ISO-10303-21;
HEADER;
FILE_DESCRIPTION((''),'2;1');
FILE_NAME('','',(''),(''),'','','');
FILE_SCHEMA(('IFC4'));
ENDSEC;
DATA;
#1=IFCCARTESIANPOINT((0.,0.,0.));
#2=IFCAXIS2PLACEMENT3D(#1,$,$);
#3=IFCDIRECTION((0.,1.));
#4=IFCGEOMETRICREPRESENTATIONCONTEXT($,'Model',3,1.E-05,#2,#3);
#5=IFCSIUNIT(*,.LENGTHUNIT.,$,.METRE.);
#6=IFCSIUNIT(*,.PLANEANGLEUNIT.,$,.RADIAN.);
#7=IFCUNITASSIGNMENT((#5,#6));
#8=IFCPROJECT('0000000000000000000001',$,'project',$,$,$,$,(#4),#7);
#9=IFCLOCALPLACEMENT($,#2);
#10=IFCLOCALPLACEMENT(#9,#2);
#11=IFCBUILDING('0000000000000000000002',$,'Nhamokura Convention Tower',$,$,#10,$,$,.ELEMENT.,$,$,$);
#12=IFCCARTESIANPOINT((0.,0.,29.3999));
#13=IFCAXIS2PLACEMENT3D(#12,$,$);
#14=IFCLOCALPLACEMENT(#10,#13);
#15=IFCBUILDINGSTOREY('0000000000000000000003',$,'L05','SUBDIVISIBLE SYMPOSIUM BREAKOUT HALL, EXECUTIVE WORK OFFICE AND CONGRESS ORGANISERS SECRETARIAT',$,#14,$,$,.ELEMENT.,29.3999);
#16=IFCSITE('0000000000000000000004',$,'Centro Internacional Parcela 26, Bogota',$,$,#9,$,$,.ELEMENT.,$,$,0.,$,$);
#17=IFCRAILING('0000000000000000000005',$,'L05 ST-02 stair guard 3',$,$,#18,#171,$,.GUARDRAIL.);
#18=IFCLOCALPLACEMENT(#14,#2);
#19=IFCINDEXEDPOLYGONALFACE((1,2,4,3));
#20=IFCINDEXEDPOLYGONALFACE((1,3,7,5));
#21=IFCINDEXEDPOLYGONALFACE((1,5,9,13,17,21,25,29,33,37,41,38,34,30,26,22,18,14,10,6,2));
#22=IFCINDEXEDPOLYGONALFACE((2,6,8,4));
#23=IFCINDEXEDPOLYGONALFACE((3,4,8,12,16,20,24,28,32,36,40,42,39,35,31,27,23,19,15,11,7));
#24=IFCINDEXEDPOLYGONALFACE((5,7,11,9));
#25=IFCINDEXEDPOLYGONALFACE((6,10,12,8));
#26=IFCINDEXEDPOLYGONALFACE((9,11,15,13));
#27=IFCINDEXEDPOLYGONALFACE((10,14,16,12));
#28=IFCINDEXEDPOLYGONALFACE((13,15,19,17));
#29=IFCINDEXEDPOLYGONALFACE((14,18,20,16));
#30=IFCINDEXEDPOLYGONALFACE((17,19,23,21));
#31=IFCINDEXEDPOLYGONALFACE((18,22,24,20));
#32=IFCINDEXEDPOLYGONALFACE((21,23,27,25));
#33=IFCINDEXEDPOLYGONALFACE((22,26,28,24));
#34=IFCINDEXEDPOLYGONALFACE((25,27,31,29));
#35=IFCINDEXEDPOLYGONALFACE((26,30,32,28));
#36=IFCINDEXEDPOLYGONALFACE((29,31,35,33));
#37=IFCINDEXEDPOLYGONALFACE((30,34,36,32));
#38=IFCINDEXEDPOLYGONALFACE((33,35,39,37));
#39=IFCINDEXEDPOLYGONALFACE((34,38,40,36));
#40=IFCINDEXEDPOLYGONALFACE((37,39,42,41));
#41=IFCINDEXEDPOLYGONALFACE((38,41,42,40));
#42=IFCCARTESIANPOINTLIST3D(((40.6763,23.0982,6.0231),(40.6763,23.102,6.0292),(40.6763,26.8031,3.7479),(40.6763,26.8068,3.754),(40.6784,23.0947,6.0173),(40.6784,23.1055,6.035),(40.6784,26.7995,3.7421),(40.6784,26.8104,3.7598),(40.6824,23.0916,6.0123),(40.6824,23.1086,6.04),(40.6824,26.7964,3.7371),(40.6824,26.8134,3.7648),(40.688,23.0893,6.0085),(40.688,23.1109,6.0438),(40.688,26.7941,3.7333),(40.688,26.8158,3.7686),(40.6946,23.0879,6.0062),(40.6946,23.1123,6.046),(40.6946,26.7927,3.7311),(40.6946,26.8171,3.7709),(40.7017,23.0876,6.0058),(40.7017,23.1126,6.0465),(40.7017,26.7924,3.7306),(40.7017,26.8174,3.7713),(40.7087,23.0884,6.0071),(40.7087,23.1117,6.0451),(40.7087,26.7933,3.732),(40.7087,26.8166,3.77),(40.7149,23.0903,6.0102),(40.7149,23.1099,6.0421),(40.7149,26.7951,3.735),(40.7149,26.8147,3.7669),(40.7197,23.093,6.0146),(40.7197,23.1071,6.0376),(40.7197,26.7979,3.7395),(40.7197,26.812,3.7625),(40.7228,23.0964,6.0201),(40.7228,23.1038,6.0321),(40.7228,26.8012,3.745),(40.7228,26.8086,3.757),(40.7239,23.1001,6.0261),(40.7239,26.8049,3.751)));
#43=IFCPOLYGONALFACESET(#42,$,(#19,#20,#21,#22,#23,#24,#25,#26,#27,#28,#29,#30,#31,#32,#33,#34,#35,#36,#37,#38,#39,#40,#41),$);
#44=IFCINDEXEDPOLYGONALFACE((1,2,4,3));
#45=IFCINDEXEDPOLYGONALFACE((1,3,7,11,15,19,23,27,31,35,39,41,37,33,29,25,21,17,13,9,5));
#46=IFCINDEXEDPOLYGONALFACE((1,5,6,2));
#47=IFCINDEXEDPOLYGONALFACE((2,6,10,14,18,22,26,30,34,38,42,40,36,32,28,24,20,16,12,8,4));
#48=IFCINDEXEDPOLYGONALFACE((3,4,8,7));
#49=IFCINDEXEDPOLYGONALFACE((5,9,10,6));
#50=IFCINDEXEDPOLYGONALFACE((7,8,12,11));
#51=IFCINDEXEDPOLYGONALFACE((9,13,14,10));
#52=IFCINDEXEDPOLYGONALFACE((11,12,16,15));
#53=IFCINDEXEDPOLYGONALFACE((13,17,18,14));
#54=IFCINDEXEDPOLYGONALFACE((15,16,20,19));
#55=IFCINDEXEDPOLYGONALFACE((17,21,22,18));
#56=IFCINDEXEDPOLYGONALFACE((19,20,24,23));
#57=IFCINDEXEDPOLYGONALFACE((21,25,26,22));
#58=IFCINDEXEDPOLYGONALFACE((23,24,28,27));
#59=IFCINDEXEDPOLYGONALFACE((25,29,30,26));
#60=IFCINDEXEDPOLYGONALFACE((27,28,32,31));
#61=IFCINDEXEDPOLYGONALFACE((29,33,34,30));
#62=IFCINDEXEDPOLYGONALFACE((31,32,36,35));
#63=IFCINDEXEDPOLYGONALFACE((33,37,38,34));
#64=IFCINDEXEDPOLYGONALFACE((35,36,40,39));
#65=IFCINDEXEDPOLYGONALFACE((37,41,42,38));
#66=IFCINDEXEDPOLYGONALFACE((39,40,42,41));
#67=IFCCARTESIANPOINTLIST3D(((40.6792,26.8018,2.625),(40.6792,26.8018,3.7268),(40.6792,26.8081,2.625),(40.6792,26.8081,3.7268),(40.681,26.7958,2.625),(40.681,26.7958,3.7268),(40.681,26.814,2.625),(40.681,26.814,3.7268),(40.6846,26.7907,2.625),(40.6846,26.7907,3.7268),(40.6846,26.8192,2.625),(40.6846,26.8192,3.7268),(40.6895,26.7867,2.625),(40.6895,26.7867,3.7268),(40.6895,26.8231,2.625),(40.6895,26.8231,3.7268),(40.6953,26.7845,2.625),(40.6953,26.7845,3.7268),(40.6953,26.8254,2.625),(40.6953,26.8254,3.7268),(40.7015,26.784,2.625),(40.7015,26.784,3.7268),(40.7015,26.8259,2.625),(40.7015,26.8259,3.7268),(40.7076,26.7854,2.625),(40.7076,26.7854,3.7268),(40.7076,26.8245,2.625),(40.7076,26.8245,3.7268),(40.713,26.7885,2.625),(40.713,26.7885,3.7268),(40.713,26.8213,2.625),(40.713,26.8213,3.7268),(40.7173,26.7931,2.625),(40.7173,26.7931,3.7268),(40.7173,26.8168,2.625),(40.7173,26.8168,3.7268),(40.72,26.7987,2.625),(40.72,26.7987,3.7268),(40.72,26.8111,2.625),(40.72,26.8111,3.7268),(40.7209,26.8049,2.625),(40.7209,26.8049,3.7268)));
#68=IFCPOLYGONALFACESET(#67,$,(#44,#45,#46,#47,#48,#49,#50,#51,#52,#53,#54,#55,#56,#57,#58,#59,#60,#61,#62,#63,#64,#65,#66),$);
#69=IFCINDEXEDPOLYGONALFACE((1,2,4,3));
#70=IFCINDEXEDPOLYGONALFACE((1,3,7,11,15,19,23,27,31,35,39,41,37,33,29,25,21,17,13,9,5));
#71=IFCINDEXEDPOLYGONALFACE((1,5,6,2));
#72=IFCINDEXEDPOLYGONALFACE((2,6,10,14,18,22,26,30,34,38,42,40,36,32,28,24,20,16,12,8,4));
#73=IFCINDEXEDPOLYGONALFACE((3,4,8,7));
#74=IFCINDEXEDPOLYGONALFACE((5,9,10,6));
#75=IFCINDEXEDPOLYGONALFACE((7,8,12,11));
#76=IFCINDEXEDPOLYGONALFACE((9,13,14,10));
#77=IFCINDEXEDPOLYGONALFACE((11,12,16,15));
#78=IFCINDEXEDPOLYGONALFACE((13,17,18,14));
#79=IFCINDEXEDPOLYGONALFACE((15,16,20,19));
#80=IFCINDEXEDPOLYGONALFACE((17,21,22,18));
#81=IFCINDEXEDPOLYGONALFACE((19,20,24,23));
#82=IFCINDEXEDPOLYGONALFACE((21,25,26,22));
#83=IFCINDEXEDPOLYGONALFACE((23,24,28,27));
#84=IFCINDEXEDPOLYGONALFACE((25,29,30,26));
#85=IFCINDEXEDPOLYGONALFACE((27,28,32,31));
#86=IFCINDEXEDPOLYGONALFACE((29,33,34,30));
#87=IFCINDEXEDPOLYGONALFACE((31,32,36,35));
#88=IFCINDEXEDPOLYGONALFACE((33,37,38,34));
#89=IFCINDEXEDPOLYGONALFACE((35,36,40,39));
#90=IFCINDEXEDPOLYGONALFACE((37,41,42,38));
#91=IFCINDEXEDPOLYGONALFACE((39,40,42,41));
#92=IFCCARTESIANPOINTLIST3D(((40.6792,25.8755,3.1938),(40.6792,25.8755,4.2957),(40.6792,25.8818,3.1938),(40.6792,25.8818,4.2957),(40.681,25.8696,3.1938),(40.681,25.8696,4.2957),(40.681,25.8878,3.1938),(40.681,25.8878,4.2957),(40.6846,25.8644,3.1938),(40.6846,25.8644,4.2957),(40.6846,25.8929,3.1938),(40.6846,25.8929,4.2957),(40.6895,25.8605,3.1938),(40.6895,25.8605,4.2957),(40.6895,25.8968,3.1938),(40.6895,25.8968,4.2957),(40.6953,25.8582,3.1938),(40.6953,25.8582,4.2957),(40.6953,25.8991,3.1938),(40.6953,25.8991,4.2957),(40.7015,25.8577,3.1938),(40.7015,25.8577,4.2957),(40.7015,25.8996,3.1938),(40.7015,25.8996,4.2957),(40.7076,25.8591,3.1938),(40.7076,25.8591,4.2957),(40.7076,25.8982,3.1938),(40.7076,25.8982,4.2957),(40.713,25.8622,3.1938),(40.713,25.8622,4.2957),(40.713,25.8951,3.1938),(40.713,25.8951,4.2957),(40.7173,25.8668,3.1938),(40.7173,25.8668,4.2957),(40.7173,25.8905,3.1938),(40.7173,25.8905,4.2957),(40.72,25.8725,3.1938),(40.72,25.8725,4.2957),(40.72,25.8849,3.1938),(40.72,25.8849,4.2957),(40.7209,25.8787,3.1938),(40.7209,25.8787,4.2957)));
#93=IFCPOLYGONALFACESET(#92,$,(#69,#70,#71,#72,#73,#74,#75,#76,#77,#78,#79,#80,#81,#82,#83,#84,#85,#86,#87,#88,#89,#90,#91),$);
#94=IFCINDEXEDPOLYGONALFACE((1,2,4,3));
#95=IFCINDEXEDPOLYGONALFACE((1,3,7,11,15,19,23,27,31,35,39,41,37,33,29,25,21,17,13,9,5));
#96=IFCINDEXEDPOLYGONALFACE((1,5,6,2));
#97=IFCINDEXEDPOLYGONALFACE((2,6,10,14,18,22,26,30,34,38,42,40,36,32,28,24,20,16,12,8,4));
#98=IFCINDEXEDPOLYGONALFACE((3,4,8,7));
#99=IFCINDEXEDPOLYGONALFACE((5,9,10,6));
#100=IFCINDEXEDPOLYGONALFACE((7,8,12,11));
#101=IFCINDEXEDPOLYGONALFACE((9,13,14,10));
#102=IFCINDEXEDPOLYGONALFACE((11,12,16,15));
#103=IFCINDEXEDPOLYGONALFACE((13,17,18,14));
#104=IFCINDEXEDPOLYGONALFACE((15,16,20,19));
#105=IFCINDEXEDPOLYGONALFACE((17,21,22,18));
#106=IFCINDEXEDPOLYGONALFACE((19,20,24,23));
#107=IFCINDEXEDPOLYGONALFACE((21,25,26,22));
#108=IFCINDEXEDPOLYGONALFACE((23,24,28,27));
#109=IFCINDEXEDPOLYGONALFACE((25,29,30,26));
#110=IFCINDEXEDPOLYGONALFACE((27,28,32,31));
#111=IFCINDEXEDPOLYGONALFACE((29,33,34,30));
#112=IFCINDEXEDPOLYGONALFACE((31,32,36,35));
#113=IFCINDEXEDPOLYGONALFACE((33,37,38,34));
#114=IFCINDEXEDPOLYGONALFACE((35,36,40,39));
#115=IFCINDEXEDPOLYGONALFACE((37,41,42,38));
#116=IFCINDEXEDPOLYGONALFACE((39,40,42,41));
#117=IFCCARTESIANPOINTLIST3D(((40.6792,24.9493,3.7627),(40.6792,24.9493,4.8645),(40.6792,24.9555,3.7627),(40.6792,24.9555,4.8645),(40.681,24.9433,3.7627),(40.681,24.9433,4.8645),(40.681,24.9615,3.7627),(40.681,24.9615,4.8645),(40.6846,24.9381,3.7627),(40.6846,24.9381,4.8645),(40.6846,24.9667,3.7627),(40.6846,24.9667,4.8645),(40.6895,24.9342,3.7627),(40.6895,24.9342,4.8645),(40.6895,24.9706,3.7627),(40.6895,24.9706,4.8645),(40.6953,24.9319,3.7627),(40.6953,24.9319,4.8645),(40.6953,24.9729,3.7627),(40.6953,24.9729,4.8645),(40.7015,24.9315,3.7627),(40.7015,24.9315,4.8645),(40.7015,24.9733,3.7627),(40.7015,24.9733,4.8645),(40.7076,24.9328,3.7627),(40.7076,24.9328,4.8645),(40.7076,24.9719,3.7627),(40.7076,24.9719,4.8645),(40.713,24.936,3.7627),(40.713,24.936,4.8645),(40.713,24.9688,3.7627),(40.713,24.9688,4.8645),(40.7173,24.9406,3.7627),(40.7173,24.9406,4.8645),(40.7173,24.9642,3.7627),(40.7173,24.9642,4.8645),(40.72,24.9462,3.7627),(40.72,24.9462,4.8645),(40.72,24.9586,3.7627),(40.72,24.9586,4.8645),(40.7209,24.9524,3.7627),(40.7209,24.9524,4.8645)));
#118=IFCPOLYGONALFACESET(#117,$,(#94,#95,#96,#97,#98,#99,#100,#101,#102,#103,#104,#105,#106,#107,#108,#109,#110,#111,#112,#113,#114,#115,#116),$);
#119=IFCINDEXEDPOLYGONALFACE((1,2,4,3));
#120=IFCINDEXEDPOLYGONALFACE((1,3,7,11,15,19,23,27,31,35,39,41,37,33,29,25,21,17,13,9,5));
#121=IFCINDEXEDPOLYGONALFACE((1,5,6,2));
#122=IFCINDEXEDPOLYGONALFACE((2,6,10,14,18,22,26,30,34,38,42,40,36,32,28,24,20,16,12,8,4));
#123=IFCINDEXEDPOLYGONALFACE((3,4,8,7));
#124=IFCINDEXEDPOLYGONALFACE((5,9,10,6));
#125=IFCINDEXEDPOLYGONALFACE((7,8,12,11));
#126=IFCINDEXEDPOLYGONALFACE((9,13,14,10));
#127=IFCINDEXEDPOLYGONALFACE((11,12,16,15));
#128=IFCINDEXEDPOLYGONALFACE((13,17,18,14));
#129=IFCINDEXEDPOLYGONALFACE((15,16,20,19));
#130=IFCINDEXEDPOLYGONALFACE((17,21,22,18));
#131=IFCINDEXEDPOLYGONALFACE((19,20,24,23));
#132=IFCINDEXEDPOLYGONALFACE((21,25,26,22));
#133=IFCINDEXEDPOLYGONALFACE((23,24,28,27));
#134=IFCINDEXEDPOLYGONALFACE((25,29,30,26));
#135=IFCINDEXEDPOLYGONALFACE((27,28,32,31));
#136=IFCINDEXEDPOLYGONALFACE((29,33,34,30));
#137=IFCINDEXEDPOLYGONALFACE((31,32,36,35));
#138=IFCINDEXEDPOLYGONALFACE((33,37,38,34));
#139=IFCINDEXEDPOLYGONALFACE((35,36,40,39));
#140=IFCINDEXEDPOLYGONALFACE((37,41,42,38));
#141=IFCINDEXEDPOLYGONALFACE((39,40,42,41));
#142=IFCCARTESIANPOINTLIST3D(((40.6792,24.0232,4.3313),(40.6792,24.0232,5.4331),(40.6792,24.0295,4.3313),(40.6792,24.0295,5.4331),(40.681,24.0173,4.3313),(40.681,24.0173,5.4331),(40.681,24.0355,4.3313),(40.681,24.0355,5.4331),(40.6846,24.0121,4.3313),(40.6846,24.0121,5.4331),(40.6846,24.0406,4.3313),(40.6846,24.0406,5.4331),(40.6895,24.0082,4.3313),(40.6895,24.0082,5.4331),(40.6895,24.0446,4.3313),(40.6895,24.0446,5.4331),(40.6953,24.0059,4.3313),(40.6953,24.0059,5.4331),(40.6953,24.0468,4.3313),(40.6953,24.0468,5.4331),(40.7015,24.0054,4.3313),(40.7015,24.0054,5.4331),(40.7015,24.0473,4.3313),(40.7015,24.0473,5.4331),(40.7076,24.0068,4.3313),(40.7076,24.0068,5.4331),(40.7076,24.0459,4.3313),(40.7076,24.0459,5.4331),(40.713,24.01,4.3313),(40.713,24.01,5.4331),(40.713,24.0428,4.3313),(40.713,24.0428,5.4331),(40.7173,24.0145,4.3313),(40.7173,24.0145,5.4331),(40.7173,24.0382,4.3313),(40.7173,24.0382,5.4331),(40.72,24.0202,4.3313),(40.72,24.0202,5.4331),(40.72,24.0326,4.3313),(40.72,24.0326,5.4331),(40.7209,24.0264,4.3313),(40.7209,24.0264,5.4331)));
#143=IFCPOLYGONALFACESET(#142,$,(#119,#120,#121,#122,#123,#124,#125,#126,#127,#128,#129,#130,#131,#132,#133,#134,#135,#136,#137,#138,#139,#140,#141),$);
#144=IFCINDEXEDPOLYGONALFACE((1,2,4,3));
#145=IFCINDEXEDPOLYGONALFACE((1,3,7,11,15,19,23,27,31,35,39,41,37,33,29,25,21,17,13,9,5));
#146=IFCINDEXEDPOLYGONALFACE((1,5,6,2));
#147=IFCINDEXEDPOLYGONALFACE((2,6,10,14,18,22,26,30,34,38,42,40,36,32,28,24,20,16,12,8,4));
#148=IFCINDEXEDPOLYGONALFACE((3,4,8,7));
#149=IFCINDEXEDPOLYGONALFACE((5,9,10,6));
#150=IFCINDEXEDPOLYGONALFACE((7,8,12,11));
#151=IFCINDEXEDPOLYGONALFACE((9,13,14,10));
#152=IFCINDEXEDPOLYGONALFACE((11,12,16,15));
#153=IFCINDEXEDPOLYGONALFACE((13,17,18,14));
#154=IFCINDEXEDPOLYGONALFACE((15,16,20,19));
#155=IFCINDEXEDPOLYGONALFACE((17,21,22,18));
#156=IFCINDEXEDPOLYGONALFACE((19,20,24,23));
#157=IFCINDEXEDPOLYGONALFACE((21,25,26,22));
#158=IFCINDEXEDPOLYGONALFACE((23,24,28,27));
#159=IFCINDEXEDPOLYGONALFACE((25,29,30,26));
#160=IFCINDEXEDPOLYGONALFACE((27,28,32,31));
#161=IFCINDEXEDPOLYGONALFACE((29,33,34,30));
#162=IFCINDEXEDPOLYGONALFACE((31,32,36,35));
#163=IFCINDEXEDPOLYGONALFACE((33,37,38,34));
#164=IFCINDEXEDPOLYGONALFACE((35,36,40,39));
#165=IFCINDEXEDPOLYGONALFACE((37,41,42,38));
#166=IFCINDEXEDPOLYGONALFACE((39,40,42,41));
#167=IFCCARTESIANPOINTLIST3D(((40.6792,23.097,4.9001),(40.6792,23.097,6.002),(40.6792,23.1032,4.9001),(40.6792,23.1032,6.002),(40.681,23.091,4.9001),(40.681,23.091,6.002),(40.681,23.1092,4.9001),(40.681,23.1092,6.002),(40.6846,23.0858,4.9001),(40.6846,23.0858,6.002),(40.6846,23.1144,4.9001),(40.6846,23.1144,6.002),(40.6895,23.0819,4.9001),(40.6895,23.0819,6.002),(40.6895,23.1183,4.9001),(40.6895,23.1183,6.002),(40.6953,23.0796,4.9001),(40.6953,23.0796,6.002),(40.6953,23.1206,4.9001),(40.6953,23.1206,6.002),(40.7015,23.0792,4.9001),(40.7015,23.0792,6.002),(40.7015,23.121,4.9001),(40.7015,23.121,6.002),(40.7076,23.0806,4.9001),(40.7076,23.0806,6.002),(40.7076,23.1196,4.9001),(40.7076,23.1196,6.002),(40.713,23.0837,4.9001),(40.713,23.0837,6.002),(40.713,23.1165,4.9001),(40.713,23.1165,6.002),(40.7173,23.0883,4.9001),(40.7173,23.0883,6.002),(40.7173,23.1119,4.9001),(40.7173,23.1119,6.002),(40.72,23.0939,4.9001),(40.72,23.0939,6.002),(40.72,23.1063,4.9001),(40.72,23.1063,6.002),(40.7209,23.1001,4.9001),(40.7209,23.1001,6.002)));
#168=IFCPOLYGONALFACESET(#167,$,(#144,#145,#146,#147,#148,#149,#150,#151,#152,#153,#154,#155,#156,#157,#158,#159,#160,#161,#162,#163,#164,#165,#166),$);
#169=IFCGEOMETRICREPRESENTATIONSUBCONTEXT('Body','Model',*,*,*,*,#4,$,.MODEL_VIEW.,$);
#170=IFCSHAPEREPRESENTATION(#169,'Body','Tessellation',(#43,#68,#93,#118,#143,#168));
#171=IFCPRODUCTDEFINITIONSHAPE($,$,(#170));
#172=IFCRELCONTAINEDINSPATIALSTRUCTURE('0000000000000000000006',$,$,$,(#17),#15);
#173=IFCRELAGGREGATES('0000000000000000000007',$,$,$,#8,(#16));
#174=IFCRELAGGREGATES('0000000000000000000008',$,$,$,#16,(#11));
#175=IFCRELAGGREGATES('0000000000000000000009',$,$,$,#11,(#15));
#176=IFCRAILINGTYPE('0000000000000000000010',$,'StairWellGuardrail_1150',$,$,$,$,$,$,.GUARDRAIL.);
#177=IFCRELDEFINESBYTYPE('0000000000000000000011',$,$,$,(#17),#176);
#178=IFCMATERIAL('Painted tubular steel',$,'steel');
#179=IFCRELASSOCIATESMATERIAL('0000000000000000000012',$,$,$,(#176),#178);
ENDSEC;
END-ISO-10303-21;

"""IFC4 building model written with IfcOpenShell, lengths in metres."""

from ifc_helpers import new_model, si_unit, direction, frame, origin, origin_2d, place, context, subcontext, project, spatial, circle, extrude, material, type_object, element, save


model = new_model("IFC4")

# Units and contexts
model_context = context("Model", 3, precision=1e-05, world=origin(), true_north=direction((0.0, 1.0)))
body_context = subcontext(model_context, "Body", "Model", "MODEL_VIEW")
ifc_project = project(units=[si_unit("LENGTHUNIT", "METRE"), si_unit("PLANEANGLEUNIT", "RADIAN")], contexts=[model_context])

# Site, building, storey
site_placement = place(None, origin())
site = spatial("IfcSite", under=ifc_project, at=site_placement, Name="Centro Internacional Parcela 26, Bogota", CompositionType="ELEMENT", RefElevation=0.0)
building_placement = place(site_placement, origin())
building = spatial("IfcBuilding", under=site, at=building_placement, Name="Nhamokura Convention Tower", CompositionType="ELEMENT")
storey_placement = place(building_placement, frame((0.0, 0.0, 29.3999)))
storey = spatial("IfcBuildingStorey", under=building, at=storey_placement, Name="L05", Description="SUBDIVISIBLE SYMPOSIUM BREAKOUT HALL, EXECUTIVE WORK OFFICE AND CONGRESS ORGANISERS SECRETARIAT", CompositionType="ELEMENT", Elevation=29.3999)

# Railing
ifc_material_1 = material(Name="Painted tubular steel", Category="steel")
railing_type_1 = type_object("IfcRailingType", Name="StairWellGuardrail_1150", PredefinedType="GUARDRAIL", material=ifc_material_1)
railing_1_placement = place(storey_placement, frame((40.7, 26.8049, 2.625)))
element("IfcRailing", 1, at=railing_1_placement, inside=storey, type_object=railing_type_1, Name="L05 ST-02 stair guard 3", PredefinedType="GUARDRAIL", context=body_context, shape_type="SweptSolid", body=[
    extrude(circle(Radius=0.0239, at=origin_2d()), frame((0.0, 0.0, 1.126), z_axis=(0.0, -0.852146, 0.523305), x_axis=(1.0, 0.0, 0.0)), (0.0, 0.0, 1.0), 4.3477),
    extrude(circle(Radius=0.021, at=origin_2d()), origin(), (0.0, 0.0, 1.0), 1.1018),
    extrude(circle(Radius=0.021, at=origin_2d()), frame((0.0, -0.9263, 0.5688)), (0.0, 0.0, 1.0), 1.1018),
    extrude(circle(Radius=0.021, at=origin_2d()), frame((0.0, -1.8525, 1.1377)), (0.0, 0.0, 1.0), 1.1018),
    extrude(circle(Radius=0.021, at=origin_2d()), frame((0.0, -2.7786, 1.7063)), (0.0, 0.0, 1.0), 1.1018),
    extrude(circle(Radius=0.021, at=origin_2d()), frame((0.0, -3.7048, 2.2751)), (0.0, 0.0, 1.0), 1.1018),
])

save(model, "model.ifc")
